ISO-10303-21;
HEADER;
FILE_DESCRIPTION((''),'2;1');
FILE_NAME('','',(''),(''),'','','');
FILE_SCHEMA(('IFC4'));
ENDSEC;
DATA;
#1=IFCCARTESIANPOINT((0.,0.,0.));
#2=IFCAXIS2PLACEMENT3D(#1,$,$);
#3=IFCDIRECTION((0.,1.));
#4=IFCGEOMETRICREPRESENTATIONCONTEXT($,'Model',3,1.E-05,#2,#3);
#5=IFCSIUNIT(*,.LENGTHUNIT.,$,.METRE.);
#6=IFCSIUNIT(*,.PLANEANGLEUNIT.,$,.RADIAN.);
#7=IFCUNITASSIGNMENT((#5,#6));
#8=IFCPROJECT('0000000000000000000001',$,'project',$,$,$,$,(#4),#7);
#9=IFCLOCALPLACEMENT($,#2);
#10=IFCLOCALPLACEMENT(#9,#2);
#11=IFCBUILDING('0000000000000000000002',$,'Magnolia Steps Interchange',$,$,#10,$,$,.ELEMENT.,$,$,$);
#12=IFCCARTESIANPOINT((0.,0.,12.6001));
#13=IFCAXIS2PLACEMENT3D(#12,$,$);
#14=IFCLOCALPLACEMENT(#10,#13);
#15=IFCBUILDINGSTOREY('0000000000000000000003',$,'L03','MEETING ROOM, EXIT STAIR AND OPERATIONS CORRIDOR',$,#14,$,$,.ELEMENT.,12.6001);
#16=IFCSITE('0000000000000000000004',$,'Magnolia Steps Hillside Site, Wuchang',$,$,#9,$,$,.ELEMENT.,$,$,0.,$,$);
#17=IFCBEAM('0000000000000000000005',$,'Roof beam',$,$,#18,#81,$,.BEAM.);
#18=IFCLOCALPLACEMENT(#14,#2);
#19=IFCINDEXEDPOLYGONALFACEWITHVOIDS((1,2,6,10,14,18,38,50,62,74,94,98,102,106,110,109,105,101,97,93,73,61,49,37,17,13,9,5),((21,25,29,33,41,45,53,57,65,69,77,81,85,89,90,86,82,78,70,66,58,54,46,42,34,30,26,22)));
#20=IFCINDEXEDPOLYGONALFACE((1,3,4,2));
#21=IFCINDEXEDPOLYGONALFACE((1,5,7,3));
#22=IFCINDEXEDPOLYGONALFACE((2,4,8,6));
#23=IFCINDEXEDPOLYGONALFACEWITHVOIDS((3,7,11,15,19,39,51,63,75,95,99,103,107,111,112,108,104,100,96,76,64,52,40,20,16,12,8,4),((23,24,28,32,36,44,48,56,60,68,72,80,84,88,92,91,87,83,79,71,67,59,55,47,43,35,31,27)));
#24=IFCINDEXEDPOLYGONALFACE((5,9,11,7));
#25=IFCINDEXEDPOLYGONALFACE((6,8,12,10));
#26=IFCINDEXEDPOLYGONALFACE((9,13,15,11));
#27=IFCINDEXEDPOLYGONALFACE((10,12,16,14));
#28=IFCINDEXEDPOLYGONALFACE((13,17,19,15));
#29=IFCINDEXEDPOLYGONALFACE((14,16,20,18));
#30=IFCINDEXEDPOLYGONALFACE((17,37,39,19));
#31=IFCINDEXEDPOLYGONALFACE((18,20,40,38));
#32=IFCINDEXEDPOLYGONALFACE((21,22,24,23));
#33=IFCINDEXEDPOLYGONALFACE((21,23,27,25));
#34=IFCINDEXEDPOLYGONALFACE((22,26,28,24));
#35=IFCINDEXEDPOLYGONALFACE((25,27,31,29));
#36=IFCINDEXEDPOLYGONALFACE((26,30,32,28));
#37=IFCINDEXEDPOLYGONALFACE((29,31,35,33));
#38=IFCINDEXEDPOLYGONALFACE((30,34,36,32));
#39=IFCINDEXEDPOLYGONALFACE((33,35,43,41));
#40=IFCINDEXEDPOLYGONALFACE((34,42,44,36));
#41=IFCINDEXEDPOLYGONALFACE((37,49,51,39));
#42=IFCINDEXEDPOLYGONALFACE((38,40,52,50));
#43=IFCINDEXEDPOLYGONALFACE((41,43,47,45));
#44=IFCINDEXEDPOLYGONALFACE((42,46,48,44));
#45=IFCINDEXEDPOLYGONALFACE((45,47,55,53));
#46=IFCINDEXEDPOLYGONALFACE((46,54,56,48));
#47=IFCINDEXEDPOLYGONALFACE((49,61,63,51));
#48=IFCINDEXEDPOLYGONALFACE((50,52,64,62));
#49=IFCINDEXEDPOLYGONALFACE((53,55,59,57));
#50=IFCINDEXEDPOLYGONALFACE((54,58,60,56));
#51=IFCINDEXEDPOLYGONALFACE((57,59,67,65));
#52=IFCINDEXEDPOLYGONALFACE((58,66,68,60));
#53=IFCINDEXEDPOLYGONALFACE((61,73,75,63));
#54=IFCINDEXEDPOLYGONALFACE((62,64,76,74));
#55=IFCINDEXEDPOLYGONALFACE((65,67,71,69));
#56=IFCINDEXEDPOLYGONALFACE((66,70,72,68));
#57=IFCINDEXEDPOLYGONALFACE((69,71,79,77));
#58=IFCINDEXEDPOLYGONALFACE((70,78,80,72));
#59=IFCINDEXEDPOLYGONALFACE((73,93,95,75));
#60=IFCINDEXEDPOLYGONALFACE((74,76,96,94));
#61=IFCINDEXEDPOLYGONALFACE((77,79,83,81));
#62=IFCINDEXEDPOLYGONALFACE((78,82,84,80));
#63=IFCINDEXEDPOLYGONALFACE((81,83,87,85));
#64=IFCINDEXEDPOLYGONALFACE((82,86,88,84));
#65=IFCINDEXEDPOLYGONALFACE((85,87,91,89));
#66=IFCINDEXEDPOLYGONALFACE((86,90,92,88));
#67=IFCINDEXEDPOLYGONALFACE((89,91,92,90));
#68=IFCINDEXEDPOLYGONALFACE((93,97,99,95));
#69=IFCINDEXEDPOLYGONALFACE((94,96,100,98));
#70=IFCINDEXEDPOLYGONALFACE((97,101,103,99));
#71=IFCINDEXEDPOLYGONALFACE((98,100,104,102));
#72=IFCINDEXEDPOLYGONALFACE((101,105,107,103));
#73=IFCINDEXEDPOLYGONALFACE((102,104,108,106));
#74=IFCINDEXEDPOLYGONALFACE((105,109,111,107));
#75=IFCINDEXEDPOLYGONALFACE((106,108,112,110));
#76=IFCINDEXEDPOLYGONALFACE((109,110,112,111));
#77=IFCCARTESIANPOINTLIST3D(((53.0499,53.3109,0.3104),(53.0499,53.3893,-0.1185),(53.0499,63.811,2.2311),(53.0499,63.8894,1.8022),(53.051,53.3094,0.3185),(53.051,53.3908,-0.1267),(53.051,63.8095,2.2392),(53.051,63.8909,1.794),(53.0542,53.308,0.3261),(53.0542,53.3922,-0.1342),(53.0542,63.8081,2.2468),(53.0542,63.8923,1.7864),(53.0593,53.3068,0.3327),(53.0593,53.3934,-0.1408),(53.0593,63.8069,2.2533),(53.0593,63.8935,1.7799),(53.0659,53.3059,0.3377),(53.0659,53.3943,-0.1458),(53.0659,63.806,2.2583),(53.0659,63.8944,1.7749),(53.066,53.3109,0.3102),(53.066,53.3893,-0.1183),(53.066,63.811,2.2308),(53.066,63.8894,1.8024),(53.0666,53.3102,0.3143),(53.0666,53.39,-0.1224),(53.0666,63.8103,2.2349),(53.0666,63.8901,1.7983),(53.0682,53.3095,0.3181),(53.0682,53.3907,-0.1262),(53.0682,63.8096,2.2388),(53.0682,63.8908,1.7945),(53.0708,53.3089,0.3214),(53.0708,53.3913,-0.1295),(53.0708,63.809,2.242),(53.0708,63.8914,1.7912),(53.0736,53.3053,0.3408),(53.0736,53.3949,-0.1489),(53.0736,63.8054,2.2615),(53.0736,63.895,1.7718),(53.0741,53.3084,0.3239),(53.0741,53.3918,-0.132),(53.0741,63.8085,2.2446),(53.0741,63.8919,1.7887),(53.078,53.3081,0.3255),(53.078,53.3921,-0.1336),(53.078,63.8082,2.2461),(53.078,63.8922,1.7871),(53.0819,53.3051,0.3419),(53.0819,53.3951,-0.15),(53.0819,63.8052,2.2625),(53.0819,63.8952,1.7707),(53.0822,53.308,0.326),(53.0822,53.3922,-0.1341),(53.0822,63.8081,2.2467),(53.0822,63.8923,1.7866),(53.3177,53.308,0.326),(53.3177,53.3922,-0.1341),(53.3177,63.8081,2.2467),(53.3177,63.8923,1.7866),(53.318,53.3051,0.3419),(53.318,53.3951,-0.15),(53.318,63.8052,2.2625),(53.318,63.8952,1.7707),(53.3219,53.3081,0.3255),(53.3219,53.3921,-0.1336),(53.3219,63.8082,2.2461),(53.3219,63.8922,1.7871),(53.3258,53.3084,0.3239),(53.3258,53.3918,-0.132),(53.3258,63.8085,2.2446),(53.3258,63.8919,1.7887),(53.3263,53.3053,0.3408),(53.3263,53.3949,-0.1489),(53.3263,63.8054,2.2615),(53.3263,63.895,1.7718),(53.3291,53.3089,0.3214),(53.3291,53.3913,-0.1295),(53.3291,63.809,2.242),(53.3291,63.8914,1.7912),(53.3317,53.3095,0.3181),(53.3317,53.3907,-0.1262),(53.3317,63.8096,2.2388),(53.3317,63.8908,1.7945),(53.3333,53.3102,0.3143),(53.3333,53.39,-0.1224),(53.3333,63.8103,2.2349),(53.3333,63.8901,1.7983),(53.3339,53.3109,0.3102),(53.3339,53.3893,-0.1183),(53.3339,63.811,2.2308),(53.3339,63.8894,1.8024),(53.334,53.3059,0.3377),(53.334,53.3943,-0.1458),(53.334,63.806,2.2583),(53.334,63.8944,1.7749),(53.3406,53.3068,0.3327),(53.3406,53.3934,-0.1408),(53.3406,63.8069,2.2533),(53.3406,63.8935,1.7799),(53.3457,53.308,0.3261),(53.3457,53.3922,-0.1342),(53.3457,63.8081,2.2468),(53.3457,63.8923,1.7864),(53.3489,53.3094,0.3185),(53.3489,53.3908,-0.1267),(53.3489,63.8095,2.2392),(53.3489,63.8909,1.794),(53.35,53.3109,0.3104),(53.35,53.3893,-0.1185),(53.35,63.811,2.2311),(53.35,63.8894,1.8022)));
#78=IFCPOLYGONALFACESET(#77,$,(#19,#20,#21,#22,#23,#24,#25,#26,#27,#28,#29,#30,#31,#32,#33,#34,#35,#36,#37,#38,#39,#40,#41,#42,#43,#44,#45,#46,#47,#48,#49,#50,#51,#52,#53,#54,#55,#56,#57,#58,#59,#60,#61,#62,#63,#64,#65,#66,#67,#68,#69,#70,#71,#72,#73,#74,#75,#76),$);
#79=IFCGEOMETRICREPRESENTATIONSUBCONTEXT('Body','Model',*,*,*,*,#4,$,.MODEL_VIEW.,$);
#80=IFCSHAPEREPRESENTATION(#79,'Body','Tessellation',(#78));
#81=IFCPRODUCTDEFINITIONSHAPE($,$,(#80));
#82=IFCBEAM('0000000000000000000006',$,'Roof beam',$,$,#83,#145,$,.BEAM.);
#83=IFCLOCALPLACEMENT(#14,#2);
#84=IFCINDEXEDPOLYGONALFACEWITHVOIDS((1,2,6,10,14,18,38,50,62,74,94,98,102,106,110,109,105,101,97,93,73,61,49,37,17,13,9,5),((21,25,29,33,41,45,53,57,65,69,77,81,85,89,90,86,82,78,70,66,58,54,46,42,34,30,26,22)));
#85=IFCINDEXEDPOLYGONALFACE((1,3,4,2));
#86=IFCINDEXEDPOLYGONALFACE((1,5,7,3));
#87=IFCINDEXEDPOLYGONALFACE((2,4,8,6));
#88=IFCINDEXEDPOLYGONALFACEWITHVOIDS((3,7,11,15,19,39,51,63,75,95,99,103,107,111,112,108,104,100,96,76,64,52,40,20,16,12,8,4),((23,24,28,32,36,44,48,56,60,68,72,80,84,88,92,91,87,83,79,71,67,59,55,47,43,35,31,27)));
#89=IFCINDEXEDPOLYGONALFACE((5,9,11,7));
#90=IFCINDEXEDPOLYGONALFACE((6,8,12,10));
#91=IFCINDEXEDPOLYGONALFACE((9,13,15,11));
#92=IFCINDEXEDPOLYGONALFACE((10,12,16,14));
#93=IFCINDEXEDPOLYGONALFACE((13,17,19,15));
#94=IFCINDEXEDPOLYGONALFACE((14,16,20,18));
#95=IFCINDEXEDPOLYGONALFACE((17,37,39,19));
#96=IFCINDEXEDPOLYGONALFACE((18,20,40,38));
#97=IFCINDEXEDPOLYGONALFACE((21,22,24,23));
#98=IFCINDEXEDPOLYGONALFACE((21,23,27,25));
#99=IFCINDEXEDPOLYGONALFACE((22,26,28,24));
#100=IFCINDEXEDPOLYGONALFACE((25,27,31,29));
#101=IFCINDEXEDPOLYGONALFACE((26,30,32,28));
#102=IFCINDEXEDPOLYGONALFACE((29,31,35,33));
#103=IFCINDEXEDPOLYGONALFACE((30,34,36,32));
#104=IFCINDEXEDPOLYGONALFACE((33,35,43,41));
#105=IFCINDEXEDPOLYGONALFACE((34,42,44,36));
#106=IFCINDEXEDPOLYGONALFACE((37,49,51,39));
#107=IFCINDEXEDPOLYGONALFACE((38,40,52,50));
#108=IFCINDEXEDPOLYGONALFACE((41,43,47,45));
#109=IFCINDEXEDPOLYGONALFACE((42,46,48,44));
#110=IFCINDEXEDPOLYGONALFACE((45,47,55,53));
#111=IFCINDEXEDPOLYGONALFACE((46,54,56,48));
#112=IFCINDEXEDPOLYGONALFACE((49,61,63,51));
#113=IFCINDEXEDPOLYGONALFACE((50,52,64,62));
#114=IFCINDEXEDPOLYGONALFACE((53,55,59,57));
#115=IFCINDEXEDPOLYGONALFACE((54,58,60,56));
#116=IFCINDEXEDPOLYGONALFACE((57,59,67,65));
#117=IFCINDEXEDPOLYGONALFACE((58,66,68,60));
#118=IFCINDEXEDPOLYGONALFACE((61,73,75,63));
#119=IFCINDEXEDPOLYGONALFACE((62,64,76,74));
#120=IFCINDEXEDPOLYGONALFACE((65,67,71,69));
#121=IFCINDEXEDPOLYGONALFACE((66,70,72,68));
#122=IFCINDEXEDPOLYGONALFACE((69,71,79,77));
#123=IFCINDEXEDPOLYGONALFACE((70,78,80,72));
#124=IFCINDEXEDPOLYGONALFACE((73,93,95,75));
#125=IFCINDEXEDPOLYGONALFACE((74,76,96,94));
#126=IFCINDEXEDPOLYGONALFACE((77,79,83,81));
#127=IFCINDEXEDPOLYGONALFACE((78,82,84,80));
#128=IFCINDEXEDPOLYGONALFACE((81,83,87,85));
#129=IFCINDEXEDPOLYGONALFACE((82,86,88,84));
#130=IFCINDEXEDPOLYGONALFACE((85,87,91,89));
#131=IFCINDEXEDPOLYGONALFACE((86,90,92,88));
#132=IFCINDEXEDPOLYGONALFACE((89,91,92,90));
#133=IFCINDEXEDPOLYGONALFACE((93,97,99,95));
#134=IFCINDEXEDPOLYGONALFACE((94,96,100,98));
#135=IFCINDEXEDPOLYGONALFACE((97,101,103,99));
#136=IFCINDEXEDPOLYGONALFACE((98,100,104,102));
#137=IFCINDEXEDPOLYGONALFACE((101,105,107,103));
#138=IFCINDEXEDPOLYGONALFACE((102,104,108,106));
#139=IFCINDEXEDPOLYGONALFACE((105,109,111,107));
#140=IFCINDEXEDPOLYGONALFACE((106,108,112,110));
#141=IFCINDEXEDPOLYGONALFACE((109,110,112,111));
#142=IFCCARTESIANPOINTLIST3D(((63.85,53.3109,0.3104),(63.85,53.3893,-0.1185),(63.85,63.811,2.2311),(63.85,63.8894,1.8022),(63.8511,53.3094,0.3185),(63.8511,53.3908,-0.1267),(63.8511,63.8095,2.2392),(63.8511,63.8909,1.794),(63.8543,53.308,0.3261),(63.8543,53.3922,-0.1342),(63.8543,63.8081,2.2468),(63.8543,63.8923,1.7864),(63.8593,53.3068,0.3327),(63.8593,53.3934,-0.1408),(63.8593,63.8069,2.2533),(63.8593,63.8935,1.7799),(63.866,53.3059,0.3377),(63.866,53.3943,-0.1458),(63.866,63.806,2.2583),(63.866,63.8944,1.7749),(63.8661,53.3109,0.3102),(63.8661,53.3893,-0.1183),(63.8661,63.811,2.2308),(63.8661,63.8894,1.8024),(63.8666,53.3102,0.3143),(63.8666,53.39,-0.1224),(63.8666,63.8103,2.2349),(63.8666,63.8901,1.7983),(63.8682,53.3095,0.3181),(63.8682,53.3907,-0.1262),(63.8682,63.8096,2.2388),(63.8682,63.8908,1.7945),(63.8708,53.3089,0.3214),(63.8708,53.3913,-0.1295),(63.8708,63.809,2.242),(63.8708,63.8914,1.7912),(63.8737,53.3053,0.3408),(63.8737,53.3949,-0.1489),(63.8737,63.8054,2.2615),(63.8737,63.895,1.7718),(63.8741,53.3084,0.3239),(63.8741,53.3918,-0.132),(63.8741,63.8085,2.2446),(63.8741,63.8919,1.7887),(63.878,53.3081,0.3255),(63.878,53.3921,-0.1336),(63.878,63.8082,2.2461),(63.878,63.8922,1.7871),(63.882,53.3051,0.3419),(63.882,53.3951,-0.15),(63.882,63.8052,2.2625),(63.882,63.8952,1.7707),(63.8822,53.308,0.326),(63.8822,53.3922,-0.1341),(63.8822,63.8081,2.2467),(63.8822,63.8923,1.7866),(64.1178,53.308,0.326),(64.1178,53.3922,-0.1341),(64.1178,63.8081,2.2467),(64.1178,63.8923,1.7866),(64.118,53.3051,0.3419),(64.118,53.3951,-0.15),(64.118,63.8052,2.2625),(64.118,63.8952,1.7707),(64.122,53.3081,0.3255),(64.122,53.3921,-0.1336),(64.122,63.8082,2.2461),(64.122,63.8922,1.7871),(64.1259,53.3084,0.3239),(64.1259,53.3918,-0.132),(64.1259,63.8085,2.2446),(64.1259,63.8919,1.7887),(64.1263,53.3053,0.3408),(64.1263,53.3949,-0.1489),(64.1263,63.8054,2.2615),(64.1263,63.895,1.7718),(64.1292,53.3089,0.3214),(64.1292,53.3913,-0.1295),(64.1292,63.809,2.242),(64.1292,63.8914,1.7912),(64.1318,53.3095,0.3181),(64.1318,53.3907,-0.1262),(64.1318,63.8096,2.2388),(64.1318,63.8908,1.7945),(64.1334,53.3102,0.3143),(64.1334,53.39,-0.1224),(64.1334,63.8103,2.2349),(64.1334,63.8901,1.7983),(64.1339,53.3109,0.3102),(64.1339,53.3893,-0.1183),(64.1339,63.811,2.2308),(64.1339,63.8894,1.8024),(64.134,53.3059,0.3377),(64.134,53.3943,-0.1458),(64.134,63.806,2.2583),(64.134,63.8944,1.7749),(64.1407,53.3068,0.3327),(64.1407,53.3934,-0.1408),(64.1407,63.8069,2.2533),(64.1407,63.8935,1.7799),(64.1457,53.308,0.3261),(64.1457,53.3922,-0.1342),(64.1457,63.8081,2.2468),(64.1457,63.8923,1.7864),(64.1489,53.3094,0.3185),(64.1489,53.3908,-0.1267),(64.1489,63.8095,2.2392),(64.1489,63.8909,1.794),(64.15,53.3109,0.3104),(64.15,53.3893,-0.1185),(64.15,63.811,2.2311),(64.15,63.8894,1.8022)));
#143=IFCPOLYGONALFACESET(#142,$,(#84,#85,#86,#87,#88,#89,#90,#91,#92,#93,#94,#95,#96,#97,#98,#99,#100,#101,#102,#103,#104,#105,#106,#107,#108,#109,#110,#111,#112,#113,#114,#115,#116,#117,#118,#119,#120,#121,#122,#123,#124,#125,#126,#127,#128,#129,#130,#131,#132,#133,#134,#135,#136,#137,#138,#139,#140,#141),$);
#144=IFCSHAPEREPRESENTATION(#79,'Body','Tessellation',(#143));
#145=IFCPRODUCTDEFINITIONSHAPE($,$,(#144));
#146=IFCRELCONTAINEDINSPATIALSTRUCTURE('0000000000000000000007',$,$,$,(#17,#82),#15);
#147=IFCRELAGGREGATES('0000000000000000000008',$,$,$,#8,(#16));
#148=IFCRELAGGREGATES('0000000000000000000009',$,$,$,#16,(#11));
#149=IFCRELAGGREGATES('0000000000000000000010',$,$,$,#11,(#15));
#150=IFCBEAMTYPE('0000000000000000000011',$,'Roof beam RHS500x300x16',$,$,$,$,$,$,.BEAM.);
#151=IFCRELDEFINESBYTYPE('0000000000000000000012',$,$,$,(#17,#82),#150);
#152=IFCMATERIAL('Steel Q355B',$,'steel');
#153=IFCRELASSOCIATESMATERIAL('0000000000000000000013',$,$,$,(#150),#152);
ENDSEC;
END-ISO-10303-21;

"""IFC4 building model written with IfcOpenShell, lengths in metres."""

from ifc_helpers import new_model, si_unit, direction, frame, origin, origin_2d, place, context, subcontext, project, spatial, hollow_rectangle, extrude, material, material_profile, profile_set, type_object, element, save


model = new_model("IFC4")

# Units and contexts
model_context = context("Model", 3, precision=1e-05, world=origin(), true_north=direction((0.0, 1.0)))
body_context = subcontext(model_context, "Body", "Model", "MODEL_VIEW")
ifc_project = project(units=[si_unit("LENGTHUNIT", "METRE"), si_unit("PLANEANGLEUNIT", "RADIAN")], contexts=[model_context])

# Site, building, storey
site_placement = place(None, origin())
site = spatial("IfcSite", under=ifc_project, at=site_placement, Name="Magnolia Steps Hillside Site, Wuchang", CompositionType="ELEMENT", RefElevation=0.0)
building_placement = place(site_placement, origin())
building = spatial("IfcBuilding", under=site, at=building_placement, Name="Magnolia Steps Interchange", CompositionType="ELEMENT")
storey_placement = place(building_placement, frame((0.0, 0.0, 12.6001)))
storey = spatial("IfcBuildingStorey", under=building, at=storey_placement, Name="L03", Description="MEETING ROOM, EXIT STAIR AND OPERATIONS CORRIDOR", CompositionType="ELEMENT", Elevation=12.6001)

# Beams
ifc_material_1 = material(Name="Steel Q355B", Category="steel")
ifc_material_profile_1 = material_profile(ifc_material_1, hollow_rectangle(XDim=0.3, YDim=0.5, WallThickness=0.0161, InnerFilletRadius=0.0161, OuterFilletRadius=0.032, at=origin_2d()), Name="RHS500x300x16")
ifc_profile_set_1 = profile_set([ifc_material_profile_1], Name="Steel Q355B")
beam_type_1 = type_object("IfcBeamType", Name="Roof beam RHS500x300x16", PredefinedType="BEAM", material=ifc_profile_set_1)
for number, where, z_axis, x_axis, name in (
    (1, (53.2, 53.3501, 0.0959), (0.0, 0.983679, 0.179934), (-1.0, 0.0, 0.0), "Roof beam"),
    (2, (64.0, 53.3501, 0.0959), (0.0, 0.983679, 0.179934), (-1.0, 0.0, 0.0), "Roof beam"),
):
    element("IfcBeam", number, at=place(storey_placement, frame(where, z_axis=z_axis, x_axis=x_axis)), inside=storey, type_object=beam_type_1, Name=name, PredefinedType="BEAM", context=body_context, shape_type="SweptSolid", body=[
        extrude(hollow_rectangle(XDim=0.3, YDim=0.5, WallThickness=0.0161, InnerFilletRadius=0.0161, OuterFilletRadius=0.032, at=origin_2d()), origin(), (0.0, 0.0, 1.0), 10.6743),
    ])

save(model, "model.ifc")
